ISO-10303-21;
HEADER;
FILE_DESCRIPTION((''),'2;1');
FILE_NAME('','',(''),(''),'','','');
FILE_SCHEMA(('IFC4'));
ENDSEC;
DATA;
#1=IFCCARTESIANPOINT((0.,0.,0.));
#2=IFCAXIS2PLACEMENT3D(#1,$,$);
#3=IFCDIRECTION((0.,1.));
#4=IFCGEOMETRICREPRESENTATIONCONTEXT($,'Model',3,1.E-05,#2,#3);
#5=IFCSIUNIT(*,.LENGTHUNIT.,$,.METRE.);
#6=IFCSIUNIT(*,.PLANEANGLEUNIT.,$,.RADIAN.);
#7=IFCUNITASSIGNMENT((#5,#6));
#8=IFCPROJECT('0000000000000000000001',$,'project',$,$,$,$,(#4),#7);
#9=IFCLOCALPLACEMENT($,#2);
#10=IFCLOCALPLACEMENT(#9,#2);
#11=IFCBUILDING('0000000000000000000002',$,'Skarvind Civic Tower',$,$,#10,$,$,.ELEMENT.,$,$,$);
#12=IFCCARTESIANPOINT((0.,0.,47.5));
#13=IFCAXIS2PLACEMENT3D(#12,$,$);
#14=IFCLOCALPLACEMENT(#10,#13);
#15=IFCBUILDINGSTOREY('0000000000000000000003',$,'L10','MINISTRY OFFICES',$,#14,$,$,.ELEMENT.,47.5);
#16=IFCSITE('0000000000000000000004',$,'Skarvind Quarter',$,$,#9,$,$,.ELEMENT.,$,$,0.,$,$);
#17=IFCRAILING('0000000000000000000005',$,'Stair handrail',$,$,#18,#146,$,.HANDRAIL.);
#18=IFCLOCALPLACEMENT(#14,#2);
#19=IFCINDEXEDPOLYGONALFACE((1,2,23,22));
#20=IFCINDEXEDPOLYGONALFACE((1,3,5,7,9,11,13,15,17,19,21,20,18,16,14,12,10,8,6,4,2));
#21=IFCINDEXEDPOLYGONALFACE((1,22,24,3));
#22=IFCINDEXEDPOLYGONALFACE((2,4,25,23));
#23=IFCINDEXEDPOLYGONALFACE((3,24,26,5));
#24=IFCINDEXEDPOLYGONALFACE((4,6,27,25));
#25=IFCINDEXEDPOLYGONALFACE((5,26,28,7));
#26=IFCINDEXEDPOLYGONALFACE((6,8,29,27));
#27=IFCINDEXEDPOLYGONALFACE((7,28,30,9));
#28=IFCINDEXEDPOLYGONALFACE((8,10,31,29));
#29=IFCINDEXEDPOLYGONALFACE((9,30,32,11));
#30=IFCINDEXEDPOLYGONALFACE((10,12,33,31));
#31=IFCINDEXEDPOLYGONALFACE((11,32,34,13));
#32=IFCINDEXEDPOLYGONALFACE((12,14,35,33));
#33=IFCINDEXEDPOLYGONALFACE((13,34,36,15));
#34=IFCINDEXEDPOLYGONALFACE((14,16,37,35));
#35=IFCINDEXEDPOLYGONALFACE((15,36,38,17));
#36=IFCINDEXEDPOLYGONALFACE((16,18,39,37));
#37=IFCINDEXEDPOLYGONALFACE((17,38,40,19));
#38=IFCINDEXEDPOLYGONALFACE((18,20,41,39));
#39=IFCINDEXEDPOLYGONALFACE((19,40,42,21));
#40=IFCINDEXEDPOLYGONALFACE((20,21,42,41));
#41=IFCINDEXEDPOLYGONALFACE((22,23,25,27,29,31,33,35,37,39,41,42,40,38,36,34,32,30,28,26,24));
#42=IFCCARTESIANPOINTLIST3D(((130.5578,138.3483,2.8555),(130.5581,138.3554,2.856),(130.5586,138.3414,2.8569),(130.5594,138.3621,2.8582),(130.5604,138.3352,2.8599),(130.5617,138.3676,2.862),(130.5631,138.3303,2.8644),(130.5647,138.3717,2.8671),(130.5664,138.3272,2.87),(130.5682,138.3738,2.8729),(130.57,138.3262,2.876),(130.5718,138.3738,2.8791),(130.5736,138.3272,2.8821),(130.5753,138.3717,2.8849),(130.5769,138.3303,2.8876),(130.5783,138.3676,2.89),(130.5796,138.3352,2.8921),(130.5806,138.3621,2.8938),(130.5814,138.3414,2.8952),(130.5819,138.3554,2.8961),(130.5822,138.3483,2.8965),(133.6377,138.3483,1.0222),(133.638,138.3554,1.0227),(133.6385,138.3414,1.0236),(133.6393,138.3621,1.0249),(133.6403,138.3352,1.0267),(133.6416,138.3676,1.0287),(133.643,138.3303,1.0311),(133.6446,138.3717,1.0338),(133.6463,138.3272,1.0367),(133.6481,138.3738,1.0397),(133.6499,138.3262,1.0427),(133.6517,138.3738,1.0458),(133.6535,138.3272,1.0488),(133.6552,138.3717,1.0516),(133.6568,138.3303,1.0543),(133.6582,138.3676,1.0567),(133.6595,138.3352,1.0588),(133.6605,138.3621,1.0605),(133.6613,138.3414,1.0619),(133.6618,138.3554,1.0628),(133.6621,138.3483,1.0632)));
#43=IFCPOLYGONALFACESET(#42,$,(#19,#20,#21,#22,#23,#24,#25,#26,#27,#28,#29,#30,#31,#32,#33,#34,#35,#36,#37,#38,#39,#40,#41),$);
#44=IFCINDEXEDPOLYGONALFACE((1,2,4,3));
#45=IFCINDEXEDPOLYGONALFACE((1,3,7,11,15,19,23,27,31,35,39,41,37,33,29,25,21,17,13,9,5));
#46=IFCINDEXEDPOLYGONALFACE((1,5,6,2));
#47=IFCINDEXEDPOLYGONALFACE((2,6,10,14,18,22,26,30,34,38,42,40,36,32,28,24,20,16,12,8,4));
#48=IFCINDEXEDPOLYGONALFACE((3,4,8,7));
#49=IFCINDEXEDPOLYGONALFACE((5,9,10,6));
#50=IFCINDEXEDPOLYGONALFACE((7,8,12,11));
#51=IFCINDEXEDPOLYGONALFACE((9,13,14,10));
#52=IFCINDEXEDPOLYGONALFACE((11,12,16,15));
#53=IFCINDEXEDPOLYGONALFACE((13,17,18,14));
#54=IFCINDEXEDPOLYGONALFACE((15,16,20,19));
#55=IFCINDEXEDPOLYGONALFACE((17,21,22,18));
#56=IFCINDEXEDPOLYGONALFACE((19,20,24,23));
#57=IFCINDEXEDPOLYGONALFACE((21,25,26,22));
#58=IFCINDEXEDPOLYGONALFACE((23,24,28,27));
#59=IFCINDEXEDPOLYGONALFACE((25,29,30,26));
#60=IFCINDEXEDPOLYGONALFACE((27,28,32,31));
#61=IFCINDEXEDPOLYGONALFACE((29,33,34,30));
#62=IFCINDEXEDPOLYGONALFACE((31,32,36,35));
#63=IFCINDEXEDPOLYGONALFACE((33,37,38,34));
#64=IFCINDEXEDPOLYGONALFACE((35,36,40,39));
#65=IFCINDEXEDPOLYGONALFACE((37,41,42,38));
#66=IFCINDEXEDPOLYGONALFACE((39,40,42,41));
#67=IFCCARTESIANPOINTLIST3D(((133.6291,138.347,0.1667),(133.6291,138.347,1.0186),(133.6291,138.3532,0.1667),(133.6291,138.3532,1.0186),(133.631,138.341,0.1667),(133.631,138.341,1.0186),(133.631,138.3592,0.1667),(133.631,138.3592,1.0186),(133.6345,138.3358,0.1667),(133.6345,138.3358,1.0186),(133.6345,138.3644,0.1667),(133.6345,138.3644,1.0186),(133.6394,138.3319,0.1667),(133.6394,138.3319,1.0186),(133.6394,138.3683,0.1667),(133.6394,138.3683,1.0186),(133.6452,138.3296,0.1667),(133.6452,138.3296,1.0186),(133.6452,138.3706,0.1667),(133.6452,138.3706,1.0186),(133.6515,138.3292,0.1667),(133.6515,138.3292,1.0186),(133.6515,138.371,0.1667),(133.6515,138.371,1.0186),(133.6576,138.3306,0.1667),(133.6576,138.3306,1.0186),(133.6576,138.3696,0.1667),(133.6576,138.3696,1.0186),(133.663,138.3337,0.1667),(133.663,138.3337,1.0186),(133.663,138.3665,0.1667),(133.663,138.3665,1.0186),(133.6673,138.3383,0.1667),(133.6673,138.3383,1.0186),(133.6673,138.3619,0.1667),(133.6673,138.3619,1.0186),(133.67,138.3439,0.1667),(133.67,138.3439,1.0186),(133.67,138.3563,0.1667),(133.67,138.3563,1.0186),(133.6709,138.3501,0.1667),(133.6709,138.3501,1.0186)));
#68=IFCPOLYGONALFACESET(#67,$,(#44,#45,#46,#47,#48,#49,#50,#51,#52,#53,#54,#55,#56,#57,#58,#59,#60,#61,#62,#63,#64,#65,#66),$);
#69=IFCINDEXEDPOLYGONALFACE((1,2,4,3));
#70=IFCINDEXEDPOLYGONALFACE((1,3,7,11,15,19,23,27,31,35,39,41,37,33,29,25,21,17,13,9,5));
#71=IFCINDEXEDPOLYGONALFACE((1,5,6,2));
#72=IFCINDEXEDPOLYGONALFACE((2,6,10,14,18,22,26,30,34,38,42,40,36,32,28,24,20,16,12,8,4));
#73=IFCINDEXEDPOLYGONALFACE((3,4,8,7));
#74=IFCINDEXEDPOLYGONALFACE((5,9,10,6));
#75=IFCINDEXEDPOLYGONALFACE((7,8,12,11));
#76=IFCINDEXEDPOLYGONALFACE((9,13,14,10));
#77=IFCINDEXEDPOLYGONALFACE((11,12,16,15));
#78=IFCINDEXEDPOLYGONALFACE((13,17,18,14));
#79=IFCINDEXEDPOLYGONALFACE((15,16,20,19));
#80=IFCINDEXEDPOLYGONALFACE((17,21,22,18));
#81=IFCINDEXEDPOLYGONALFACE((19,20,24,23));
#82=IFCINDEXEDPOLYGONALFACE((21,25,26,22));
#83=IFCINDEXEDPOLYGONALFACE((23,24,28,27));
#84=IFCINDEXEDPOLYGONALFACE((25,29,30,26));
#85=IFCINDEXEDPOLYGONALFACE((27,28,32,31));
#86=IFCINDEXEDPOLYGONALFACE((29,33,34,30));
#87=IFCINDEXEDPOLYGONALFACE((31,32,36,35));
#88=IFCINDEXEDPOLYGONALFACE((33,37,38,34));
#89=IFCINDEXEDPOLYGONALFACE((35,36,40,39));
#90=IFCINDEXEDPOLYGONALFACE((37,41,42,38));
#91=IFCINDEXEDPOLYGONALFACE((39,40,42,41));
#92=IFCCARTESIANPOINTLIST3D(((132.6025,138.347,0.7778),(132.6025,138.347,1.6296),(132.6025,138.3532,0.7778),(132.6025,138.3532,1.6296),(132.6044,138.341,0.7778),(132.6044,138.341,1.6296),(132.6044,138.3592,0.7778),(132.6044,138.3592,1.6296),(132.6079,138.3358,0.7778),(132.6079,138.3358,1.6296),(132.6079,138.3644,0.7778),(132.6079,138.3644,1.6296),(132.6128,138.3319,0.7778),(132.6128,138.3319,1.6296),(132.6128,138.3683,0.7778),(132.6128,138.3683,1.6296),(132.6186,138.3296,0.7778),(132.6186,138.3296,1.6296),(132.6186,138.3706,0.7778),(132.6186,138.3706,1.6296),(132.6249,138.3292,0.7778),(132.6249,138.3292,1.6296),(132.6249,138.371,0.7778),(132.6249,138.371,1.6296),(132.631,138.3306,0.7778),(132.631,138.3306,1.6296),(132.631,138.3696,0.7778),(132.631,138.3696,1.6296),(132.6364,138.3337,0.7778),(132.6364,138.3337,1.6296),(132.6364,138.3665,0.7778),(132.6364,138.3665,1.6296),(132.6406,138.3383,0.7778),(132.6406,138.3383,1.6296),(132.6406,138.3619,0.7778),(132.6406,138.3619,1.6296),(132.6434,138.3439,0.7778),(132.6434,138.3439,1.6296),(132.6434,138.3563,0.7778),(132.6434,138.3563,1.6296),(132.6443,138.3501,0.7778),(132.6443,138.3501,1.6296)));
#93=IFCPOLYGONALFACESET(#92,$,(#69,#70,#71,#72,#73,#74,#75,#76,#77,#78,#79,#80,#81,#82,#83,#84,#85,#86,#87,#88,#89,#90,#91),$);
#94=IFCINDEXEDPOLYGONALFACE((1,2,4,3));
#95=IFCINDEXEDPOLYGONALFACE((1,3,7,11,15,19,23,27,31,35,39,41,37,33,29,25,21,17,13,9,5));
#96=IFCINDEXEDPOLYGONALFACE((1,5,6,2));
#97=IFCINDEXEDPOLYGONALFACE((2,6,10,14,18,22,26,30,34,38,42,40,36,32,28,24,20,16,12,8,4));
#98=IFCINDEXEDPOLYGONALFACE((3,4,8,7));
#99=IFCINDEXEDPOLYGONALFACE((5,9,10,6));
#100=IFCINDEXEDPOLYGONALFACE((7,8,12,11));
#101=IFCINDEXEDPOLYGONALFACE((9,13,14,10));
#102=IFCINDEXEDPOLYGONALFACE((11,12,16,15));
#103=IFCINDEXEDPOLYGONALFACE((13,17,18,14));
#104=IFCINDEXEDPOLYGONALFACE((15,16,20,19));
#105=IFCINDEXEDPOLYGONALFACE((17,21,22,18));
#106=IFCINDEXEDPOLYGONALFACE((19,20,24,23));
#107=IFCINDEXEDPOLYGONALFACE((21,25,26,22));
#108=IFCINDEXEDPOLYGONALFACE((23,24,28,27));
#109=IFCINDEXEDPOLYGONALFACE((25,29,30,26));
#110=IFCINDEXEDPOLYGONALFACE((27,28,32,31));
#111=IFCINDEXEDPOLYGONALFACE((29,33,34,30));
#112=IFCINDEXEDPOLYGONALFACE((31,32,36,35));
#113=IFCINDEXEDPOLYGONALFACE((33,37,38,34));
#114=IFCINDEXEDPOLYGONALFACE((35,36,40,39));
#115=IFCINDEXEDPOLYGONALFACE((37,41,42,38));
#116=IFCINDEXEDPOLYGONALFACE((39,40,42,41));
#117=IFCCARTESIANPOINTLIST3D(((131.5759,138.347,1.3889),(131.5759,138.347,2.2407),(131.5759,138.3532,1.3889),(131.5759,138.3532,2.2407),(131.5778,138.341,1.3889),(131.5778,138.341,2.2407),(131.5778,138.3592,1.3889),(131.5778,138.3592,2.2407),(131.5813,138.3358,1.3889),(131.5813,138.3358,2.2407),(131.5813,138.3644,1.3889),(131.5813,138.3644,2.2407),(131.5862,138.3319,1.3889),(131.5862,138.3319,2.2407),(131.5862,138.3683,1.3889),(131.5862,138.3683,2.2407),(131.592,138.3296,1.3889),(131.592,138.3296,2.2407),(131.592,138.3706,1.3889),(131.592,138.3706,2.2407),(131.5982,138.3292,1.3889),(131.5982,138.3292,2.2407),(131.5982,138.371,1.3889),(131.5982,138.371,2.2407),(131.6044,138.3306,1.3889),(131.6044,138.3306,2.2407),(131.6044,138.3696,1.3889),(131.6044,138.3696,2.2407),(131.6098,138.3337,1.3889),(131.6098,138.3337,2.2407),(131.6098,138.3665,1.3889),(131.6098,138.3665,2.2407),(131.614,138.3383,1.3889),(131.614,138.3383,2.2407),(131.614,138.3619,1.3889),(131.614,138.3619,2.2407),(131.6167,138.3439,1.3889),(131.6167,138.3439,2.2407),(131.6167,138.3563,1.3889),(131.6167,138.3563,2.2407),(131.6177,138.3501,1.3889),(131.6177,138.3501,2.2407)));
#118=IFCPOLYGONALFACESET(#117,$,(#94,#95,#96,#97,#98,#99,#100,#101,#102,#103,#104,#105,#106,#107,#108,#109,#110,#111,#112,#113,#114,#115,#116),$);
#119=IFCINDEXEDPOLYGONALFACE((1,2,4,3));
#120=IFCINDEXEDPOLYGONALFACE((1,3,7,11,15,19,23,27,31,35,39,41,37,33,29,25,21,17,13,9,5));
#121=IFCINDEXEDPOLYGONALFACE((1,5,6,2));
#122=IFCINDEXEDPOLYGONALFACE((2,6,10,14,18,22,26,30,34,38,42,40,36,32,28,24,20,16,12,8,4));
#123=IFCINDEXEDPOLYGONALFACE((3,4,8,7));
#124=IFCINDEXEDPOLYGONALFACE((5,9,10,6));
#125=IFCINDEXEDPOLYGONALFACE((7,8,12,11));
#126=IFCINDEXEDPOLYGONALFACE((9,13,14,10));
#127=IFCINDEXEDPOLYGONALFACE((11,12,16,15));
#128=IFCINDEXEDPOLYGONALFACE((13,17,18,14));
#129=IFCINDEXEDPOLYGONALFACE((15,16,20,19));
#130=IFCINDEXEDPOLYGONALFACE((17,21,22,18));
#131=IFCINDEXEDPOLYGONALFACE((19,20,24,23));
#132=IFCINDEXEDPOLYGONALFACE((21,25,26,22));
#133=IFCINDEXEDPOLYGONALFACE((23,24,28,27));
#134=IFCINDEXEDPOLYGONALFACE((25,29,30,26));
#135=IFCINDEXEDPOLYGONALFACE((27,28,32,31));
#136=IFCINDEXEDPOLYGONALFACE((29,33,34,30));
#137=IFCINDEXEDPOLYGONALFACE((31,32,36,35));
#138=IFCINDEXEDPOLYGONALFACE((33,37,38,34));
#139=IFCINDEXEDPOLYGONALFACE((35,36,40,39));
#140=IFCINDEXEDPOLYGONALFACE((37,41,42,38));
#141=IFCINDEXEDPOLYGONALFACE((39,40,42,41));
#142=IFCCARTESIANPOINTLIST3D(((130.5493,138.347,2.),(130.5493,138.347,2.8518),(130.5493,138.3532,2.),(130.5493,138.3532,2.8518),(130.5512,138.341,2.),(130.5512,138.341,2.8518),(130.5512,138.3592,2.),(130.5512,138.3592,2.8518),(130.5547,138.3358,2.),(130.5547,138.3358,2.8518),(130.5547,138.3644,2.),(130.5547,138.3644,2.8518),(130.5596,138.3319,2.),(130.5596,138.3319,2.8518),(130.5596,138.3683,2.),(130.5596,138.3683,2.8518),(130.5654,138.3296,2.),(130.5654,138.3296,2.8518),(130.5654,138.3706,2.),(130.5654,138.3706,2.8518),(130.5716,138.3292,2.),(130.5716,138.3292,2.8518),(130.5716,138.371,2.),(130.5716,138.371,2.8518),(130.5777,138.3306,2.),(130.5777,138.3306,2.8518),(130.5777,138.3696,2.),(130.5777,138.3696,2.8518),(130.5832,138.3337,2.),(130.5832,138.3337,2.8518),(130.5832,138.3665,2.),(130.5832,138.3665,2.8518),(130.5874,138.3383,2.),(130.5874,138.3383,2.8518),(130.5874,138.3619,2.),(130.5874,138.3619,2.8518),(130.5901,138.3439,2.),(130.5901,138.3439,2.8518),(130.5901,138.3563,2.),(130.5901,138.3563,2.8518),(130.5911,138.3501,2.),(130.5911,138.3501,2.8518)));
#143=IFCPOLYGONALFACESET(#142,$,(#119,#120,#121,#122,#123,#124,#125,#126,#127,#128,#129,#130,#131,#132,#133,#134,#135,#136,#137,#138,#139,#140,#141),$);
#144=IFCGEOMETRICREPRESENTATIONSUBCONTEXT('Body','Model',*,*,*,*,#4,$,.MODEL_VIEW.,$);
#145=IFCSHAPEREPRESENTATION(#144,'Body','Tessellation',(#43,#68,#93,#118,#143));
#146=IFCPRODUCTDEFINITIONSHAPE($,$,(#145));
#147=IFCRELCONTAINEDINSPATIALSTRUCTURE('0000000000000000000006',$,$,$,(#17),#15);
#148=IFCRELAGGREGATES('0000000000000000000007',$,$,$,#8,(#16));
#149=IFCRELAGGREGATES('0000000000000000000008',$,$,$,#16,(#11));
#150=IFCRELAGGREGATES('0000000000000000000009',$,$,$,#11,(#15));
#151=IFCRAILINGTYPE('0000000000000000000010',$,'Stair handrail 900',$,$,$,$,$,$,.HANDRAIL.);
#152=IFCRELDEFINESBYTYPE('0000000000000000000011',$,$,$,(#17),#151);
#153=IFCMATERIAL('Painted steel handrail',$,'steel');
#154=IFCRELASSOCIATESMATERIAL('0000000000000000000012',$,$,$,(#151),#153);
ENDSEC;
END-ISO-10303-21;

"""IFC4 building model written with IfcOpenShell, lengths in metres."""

from ifc_helpers import new_model, si_unit, direction, frame, origin, origin_2d, place, context, subcontext, project, spatial, circle, extrude, material, type_object, element, save


model = new_model("IFC4")

# Units and contexts
model_context = context("Model", 3, precision=1e-05, world=origin(), true_north=direction((0.0, 1.0)))
body_context = subcontext(model_context, "Body", "Model", "MODEL_VIEW")
ifc_project = project(units=[si_unit("LENGTHUNIT", "METRE"), si_unit("PLANEANGLEUNIT", "RADIAN")], contexts=[model_context])

# Site, building, storey
site_placement = place(None, origin())
site = spatial("IfcSite", under=ifc_project, at=site_placement, Name="Skarvind Quarter", CompositionType="ELEMENT", RefElevation=0.0)
building_placement = place(site_placement, origin())
building = spatial("IfcBuilding", under=site, at=building_placement, Name="Skarvind Civic Tower", CompositionType="ELEMENT")
storey_placement = place(building_placement, frame((0.0, 0.0, 47.5)))
storey = spatial("IfcBuildingStorey", under=building, at=storey_placement, Name="L10", Description="MINISTRY OFFICES", CompositionType="ELEMENT", Elevation=47.5)

# Railing
ifc_material_1 = material(Name="Painted steel handrail", Category="steel")
railing_type = type_object("IfcRailingType", Name="Stair handrail 900", PredefinedType="HANDRAIL", material=ifc_material_1)
railing_1_placement = place(storey_placement, frame((133.6499, 138.3501, 0.1667)))
element("IfcRailing", 1, at=railing_1_placement, inside=storey, type_object=railing_type, Name="Stair handrail", PredefinedType="HANDRAIL", context=body_context, shape_type="SweptSolid", body=[
    extrude(circle(Radius=0.0239, at=origin_2d()), frame((0.0, 0.0, 0.876), z_axis=(-0.859291, 0.0, 0.511487), x_axis=(0.0, -1.0, 0.0)), (0.0, 0.0, 1.0), 3.5842),
    extrude(circle(Radius=0.021, at=origin_2d()), origin(), (0.0, 0.0, 1.0), 0.8518),
    extrude(circle(Radius=0.021, at=origin_2d()), frame((-1.0266, 0.0, 0.6111)), (0.0, 0.0, 1.0), 0.8518),
    extrude(circle(Radius=0.021, at=origin_2d()), frame((-2.0532, 0.0, 1.2222)), (0.0, 0.0, 1.0), 0.8518),
    extrude(circle(Radius=0.021, at=origin_2d()), frame((-3.0798, 0.0, 1.8333)), (0.0, 0.0, 1.0), 0.8518),
])

save(model, "model.ifc")
